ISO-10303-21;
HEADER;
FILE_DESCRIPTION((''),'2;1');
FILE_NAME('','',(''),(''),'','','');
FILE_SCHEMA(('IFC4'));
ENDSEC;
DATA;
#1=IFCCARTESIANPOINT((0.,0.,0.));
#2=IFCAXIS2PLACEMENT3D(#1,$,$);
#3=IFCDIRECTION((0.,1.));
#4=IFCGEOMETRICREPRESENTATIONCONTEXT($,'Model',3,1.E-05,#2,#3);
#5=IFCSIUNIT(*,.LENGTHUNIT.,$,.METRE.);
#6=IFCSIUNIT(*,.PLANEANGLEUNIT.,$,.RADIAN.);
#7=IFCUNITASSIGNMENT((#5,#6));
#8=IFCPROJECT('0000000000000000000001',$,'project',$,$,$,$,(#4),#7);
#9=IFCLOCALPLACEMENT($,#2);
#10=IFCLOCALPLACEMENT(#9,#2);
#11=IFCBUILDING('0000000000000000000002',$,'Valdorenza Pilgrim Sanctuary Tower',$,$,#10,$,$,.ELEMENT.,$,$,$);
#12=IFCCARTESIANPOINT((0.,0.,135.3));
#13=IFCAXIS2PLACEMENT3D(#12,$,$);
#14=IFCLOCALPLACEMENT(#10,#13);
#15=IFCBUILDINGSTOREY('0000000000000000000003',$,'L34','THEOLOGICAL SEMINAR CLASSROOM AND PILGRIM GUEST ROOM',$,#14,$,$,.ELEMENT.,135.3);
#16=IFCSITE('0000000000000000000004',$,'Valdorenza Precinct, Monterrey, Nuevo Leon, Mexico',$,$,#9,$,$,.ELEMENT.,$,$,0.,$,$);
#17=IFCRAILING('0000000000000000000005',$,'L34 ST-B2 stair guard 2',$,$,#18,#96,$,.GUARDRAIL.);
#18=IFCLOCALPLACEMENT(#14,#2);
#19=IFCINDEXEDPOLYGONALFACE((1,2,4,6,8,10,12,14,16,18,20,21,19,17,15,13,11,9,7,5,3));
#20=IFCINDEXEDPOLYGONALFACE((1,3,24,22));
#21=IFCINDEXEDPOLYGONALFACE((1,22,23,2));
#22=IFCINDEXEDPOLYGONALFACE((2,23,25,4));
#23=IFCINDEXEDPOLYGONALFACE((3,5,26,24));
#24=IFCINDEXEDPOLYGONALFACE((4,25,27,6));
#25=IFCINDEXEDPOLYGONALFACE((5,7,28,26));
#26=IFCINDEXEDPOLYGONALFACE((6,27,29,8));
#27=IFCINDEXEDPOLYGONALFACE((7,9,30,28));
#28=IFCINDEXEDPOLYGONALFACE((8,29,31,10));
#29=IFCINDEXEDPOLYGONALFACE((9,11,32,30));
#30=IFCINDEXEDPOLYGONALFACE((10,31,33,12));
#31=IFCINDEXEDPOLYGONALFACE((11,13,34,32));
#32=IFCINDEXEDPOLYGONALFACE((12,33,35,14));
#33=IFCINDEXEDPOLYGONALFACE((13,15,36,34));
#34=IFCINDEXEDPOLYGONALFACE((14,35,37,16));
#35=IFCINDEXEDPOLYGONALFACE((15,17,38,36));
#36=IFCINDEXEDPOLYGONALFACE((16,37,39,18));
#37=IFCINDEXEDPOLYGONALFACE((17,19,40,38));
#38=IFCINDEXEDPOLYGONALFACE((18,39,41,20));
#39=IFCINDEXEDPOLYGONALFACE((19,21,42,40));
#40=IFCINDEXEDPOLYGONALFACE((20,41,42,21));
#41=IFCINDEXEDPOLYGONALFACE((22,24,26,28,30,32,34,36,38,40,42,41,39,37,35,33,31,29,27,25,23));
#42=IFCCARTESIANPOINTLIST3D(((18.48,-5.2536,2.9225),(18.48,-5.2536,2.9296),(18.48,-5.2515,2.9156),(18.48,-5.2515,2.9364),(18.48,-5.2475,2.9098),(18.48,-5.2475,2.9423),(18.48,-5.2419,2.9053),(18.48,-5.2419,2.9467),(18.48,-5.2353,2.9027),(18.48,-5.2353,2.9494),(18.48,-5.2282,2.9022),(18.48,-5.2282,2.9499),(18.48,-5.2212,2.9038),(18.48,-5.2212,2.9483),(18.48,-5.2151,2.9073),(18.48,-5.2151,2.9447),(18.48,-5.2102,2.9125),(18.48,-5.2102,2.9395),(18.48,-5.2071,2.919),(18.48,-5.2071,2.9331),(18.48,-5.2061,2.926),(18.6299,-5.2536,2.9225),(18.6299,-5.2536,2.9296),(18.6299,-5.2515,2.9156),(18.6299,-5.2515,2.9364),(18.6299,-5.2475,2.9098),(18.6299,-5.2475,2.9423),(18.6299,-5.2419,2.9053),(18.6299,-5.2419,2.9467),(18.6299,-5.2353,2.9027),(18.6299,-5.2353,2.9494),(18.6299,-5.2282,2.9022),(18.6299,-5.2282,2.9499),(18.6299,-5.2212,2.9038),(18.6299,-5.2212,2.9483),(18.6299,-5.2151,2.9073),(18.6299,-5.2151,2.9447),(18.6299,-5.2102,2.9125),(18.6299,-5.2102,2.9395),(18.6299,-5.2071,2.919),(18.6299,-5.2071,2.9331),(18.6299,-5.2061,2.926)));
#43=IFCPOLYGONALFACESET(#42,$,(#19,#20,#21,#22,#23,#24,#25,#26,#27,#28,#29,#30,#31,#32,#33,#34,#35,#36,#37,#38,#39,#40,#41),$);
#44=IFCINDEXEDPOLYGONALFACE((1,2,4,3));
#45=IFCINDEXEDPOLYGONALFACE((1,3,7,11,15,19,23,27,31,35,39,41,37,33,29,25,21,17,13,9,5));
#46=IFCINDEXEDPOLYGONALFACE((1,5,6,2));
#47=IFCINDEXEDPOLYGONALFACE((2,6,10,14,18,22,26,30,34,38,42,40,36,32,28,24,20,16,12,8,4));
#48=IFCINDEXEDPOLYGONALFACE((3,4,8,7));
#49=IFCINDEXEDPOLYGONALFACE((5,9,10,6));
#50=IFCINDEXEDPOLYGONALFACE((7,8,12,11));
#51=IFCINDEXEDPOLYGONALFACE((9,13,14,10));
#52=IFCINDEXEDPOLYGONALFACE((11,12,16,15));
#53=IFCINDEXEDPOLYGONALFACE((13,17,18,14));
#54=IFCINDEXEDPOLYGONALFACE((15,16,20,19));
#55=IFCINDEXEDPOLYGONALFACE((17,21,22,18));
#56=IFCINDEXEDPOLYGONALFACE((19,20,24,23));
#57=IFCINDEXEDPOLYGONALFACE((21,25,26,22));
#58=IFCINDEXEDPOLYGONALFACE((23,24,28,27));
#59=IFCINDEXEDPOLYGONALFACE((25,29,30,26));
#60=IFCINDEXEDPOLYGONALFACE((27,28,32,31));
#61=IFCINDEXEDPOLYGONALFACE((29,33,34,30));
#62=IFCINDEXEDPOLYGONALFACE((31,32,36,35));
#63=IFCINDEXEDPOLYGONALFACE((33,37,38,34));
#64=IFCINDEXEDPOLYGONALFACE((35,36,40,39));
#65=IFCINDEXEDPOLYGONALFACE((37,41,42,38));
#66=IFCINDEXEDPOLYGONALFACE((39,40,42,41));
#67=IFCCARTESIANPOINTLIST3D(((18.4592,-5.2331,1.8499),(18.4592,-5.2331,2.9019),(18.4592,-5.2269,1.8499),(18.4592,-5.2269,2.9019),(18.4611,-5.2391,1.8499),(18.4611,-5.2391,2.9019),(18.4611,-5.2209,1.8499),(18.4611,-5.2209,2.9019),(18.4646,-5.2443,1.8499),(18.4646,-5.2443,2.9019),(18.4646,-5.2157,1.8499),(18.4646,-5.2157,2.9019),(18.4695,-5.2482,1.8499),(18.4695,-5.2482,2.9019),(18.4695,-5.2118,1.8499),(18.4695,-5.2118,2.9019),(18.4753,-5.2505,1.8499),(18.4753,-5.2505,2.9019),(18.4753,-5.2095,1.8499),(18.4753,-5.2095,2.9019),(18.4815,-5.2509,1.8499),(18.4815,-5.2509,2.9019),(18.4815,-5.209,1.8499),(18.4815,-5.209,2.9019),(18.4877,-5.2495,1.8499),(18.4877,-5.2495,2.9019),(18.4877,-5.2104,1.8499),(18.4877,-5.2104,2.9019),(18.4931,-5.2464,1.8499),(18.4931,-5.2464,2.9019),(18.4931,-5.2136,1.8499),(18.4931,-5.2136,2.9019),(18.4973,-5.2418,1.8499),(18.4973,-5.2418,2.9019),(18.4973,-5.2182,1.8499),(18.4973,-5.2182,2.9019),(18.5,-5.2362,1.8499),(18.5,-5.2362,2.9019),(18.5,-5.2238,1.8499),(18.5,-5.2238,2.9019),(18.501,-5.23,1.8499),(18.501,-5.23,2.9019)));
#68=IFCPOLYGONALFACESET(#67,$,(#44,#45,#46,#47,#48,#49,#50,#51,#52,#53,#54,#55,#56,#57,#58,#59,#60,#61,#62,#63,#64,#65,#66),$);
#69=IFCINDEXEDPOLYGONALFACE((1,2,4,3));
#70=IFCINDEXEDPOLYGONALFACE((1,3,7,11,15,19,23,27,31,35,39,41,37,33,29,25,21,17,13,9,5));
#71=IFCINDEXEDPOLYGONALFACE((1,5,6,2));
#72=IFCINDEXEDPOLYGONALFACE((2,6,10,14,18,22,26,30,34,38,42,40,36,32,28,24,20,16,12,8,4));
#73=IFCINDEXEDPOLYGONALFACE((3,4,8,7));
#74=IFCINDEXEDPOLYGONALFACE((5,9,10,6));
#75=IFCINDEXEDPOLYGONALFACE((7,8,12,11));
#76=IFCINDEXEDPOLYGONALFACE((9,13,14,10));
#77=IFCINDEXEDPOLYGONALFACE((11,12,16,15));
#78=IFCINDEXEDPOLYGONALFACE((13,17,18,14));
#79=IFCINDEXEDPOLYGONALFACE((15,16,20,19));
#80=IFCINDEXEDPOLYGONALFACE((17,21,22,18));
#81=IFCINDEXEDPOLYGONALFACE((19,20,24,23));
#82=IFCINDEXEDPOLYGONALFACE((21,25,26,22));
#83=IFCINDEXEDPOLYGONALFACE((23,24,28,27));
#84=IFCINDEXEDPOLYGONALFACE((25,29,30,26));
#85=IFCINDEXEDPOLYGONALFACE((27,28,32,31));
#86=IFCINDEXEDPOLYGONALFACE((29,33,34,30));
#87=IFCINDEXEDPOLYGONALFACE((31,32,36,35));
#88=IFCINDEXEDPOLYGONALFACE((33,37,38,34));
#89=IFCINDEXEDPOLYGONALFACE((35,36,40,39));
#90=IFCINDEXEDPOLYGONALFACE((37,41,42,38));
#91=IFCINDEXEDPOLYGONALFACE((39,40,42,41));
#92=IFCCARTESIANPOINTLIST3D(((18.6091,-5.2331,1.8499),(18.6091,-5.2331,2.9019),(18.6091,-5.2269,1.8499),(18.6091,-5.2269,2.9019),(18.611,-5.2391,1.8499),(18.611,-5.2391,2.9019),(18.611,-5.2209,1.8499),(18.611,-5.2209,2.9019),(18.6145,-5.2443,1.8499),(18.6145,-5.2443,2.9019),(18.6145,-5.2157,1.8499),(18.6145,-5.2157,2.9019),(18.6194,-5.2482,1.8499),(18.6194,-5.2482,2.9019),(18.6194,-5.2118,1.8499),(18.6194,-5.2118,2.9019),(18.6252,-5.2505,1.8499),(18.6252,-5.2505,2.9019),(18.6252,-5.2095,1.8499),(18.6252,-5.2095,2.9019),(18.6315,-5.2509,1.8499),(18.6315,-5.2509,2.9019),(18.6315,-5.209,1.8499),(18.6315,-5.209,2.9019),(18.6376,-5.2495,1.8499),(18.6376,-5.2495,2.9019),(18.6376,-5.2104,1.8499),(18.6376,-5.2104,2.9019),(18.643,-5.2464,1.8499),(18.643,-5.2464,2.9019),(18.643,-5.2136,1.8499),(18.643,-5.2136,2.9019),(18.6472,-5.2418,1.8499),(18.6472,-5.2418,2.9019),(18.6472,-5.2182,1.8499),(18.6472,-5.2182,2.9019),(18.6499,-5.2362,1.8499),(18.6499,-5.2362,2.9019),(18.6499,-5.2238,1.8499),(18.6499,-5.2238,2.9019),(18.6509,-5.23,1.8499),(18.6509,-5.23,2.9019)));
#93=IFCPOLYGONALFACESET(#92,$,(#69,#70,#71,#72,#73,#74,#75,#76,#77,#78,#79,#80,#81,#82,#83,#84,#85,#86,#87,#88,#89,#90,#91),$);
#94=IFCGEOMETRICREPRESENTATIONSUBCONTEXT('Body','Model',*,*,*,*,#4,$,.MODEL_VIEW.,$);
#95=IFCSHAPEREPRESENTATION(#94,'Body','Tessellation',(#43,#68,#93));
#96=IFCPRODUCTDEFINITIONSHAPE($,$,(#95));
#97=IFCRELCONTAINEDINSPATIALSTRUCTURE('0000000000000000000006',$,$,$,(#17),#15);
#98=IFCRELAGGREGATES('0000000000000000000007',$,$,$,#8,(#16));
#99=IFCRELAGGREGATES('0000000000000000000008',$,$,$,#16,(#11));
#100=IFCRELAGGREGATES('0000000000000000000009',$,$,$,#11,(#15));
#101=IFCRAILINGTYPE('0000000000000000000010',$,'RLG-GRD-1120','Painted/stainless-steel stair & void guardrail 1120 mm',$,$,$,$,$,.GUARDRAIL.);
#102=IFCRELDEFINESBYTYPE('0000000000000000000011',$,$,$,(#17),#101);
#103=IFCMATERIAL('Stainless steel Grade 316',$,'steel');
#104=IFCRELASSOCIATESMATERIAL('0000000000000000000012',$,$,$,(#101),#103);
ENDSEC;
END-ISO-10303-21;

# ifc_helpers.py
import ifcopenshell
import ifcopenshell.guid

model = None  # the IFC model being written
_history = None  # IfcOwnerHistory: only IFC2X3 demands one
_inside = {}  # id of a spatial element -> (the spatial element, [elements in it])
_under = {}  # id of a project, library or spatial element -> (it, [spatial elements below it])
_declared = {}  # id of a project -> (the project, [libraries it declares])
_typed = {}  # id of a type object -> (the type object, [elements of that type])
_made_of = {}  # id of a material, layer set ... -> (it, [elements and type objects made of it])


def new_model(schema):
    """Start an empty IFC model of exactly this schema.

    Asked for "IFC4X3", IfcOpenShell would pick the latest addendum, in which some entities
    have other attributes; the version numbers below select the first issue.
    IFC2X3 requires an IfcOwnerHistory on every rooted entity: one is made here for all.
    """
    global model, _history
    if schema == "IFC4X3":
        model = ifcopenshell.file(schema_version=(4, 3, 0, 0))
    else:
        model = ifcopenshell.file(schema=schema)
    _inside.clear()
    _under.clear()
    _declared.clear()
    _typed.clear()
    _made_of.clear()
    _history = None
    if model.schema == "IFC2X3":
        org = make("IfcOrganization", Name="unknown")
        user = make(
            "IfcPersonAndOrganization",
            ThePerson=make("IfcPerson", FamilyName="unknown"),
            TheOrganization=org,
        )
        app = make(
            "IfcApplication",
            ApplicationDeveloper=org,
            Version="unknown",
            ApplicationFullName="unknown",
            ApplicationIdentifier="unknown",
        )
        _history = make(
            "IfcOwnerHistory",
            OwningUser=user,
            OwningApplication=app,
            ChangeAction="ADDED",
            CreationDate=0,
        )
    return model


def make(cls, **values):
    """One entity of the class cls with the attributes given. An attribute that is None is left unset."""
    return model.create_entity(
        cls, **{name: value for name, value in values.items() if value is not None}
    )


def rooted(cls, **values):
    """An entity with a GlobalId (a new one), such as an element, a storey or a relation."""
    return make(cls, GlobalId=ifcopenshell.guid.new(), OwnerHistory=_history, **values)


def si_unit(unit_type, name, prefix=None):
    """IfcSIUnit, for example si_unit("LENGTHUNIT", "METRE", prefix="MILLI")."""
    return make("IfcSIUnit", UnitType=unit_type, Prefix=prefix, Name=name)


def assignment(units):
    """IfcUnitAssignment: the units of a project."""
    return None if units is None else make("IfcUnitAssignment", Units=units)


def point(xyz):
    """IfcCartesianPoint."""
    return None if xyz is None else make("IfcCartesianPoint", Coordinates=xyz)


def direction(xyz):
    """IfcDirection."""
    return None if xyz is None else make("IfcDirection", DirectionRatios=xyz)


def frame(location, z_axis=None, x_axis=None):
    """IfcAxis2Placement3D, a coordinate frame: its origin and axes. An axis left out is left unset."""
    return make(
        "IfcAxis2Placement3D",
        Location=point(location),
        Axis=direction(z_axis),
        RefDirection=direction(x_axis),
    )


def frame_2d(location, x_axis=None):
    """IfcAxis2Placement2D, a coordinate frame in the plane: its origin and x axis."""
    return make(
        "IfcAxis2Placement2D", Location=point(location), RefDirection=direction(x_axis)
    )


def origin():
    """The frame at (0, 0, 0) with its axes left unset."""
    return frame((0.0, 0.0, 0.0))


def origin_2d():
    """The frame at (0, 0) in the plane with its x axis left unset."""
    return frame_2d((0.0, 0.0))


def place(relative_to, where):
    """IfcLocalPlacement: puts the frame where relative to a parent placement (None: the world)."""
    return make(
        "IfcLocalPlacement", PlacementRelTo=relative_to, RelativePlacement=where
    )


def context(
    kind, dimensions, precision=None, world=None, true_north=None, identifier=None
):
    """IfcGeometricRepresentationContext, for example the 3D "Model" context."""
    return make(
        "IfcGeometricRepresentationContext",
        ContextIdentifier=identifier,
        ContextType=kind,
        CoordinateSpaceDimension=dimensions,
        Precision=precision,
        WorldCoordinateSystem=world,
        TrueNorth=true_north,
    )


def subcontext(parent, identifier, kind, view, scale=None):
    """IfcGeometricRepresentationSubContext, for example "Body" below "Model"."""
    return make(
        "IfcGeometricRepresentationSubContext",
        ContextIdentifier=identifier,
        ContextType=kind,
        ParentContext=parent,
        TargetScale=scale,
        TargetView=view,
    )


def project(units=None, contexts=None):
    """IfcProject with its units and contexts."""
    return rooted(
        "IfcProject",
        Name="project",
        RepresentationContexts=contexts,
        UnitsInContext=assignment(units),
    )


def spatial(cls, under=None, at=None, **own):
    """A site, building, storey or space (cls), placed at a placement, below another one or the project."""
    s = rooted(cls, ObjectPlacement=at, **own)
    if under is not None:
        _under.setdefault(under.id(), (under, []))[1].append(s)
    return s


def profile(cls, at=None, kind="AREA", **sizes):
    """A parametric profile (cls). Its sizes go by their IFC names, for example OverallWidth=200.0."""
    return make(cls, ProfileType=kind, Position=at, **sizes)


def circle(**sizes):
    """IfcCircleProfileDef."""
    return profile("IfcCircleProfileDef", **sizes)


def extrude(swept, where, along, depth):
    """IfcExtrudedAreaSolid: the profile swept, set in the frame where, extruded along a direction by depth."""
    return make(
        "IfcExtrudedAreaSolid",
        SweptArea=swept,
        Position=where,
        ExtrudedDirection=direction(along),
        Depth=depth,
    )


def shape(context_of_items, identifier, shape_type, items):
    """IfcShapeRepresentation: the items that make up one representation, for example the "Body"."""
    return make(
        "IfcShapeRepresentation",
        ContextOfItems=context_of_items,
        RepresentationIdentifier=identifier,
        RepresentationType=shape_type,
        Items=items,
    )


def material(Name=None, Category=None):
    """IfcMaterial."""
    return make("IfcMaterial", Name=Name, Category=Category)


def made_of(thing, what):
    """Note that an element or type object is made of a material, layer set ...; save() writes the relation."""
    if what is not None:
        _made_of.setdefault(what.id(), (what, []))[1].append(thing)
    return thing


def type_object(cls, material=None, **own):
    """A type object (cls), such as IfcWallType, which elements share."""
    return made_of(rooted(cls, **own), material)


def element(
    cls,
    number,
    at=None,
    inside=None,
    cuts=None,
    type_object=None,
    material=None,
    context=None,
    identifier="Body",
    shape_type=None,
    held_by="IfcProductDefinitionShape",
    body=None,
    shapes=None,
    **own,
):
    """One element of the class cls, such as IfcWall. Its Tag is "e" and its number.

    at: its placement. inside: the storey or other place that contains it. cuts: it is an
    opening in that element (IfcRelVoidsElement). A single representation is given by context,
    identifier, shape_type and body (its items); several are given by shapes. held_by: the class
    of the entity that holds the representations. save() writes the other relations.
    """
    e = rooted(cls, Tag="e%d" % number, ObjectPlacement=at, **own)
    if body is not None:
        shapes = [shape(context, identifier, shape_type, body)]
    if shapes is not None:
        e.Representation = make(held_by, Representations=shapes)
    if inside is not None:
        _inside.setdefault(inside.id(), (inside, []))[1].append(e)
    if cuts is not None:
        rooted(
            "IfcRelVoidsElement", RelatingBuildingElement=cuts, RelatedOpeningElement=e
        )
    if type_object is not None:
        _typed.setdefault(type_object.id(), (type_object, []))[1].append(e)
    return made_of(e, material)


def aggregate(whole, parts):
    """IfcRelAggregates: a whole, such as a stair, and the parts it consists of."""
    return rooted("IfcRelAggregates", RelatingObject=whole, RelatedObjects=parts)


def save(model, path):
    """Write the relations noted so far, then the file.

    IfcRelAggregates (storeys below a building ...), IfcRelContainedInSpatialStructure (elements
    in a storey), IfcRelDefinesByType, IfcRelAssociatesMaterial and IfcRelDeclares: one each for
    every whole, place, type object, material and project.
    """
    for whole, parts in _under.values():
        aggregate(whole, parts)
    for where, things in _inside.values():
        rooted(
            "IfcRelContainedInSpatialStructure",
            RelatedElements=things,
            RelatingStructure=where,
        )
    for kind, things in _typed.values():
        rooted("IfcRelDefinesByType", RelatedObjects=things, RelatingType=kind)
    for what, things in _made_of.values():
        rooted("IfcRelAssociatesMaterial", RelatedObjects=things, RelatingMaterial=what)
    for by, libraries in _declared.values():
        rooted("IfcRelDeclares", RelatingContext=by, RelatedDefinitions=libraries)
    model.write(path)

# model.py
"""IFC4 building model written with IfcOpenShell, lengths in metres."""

from ifc_helpers import new_model, si_unit, direction, frame, origin, origin_2d, place, context, subcontext, project, spatial, circle, extrude, material, type_object, element, save


model = new_model("IFC4")

# Units and contexts
model_context = context("Model", 3, precision=1e-05, world=origin(), true_north=direction((0.0, 1.0)))
body_context = subcontext(model_context, "Body", "Model", "MODEL_VIEW")
ifc_project = project(units=[si_unit("LENGTHUNIT", "METRE"), si_unit("PLANEANGLEUNIT", "RADIAN")], contexts=[model_context])

# Site, building, storey
site_placement = place(None, origin())
site = spatial("IfcSite", under=ifc_project, at=site_placement, Name="Valdorenza Precinct, Monterrey, Nuevo Leon, Mexico", CompositionType="ELEMENT", RefElevation=0.0)
building_placement = place(site_placement, origin())
building = spatial("IfcBuilding", under=site, at=building_placement, Name="Valdorenza Pilgrim Sanctuary Tower", CompositionType="ELEMENT")
storey_placement = place(building_placement, frame((0.0, 0.0, 135.3)))
storey = spatial("IfcBuildingStorey", under=building, at=storey_placement, Name="L34", Description="THEOLOGICAL SEMINAR CLASSROOM AND PILGRIM GUEST ROOM", CompositionType="ELEMENT", Elevation=135.3)

# Railing
ifc_material_1 = material(Name="Stainless steel Grade 316", Category="steel")
railing_type_1 = type_object("IfcRailingType", Name="RLG-GRD-1120", Description="Painted/stainless-steel stair & void guardrail 1120 mm", PredefinedType="GUARDRAIL", material=ifc_material_1)
railing_1_placement = place(storey_placement, frame((18.48, -5.23, 1.8499)))
element("IfcRailing", 1, at=railing_1_placement, inside=storey, type_object=railing_type_1, Name="L34 ST-B2 stair guard 2", PredefinedType="GUARDRAIL", context=body_context, shape_type="SweptSolid", body=[
    extrude(circle(Radius=0.0239, at=origin_2d()), frame((0.0, 0.0, 1.0762), z_axis=(1.0, 0.0, 0.0), x_axis=(0.0, 1.0, 0.0)), (0.0, 0.0, 1.0), 0.1499),
    extrude(circle(Radius=0.021, at=origin_2d()), origin(), (0.0, 0.0, 1.0), 1.052),
    extrude(circle(Radius=0.021, at=origin_2d()), frame((0.1499, 0.0, 0.0)), (0.0, 0.0, 1.0), 1.052),
])

save(model, "model.ifc")
